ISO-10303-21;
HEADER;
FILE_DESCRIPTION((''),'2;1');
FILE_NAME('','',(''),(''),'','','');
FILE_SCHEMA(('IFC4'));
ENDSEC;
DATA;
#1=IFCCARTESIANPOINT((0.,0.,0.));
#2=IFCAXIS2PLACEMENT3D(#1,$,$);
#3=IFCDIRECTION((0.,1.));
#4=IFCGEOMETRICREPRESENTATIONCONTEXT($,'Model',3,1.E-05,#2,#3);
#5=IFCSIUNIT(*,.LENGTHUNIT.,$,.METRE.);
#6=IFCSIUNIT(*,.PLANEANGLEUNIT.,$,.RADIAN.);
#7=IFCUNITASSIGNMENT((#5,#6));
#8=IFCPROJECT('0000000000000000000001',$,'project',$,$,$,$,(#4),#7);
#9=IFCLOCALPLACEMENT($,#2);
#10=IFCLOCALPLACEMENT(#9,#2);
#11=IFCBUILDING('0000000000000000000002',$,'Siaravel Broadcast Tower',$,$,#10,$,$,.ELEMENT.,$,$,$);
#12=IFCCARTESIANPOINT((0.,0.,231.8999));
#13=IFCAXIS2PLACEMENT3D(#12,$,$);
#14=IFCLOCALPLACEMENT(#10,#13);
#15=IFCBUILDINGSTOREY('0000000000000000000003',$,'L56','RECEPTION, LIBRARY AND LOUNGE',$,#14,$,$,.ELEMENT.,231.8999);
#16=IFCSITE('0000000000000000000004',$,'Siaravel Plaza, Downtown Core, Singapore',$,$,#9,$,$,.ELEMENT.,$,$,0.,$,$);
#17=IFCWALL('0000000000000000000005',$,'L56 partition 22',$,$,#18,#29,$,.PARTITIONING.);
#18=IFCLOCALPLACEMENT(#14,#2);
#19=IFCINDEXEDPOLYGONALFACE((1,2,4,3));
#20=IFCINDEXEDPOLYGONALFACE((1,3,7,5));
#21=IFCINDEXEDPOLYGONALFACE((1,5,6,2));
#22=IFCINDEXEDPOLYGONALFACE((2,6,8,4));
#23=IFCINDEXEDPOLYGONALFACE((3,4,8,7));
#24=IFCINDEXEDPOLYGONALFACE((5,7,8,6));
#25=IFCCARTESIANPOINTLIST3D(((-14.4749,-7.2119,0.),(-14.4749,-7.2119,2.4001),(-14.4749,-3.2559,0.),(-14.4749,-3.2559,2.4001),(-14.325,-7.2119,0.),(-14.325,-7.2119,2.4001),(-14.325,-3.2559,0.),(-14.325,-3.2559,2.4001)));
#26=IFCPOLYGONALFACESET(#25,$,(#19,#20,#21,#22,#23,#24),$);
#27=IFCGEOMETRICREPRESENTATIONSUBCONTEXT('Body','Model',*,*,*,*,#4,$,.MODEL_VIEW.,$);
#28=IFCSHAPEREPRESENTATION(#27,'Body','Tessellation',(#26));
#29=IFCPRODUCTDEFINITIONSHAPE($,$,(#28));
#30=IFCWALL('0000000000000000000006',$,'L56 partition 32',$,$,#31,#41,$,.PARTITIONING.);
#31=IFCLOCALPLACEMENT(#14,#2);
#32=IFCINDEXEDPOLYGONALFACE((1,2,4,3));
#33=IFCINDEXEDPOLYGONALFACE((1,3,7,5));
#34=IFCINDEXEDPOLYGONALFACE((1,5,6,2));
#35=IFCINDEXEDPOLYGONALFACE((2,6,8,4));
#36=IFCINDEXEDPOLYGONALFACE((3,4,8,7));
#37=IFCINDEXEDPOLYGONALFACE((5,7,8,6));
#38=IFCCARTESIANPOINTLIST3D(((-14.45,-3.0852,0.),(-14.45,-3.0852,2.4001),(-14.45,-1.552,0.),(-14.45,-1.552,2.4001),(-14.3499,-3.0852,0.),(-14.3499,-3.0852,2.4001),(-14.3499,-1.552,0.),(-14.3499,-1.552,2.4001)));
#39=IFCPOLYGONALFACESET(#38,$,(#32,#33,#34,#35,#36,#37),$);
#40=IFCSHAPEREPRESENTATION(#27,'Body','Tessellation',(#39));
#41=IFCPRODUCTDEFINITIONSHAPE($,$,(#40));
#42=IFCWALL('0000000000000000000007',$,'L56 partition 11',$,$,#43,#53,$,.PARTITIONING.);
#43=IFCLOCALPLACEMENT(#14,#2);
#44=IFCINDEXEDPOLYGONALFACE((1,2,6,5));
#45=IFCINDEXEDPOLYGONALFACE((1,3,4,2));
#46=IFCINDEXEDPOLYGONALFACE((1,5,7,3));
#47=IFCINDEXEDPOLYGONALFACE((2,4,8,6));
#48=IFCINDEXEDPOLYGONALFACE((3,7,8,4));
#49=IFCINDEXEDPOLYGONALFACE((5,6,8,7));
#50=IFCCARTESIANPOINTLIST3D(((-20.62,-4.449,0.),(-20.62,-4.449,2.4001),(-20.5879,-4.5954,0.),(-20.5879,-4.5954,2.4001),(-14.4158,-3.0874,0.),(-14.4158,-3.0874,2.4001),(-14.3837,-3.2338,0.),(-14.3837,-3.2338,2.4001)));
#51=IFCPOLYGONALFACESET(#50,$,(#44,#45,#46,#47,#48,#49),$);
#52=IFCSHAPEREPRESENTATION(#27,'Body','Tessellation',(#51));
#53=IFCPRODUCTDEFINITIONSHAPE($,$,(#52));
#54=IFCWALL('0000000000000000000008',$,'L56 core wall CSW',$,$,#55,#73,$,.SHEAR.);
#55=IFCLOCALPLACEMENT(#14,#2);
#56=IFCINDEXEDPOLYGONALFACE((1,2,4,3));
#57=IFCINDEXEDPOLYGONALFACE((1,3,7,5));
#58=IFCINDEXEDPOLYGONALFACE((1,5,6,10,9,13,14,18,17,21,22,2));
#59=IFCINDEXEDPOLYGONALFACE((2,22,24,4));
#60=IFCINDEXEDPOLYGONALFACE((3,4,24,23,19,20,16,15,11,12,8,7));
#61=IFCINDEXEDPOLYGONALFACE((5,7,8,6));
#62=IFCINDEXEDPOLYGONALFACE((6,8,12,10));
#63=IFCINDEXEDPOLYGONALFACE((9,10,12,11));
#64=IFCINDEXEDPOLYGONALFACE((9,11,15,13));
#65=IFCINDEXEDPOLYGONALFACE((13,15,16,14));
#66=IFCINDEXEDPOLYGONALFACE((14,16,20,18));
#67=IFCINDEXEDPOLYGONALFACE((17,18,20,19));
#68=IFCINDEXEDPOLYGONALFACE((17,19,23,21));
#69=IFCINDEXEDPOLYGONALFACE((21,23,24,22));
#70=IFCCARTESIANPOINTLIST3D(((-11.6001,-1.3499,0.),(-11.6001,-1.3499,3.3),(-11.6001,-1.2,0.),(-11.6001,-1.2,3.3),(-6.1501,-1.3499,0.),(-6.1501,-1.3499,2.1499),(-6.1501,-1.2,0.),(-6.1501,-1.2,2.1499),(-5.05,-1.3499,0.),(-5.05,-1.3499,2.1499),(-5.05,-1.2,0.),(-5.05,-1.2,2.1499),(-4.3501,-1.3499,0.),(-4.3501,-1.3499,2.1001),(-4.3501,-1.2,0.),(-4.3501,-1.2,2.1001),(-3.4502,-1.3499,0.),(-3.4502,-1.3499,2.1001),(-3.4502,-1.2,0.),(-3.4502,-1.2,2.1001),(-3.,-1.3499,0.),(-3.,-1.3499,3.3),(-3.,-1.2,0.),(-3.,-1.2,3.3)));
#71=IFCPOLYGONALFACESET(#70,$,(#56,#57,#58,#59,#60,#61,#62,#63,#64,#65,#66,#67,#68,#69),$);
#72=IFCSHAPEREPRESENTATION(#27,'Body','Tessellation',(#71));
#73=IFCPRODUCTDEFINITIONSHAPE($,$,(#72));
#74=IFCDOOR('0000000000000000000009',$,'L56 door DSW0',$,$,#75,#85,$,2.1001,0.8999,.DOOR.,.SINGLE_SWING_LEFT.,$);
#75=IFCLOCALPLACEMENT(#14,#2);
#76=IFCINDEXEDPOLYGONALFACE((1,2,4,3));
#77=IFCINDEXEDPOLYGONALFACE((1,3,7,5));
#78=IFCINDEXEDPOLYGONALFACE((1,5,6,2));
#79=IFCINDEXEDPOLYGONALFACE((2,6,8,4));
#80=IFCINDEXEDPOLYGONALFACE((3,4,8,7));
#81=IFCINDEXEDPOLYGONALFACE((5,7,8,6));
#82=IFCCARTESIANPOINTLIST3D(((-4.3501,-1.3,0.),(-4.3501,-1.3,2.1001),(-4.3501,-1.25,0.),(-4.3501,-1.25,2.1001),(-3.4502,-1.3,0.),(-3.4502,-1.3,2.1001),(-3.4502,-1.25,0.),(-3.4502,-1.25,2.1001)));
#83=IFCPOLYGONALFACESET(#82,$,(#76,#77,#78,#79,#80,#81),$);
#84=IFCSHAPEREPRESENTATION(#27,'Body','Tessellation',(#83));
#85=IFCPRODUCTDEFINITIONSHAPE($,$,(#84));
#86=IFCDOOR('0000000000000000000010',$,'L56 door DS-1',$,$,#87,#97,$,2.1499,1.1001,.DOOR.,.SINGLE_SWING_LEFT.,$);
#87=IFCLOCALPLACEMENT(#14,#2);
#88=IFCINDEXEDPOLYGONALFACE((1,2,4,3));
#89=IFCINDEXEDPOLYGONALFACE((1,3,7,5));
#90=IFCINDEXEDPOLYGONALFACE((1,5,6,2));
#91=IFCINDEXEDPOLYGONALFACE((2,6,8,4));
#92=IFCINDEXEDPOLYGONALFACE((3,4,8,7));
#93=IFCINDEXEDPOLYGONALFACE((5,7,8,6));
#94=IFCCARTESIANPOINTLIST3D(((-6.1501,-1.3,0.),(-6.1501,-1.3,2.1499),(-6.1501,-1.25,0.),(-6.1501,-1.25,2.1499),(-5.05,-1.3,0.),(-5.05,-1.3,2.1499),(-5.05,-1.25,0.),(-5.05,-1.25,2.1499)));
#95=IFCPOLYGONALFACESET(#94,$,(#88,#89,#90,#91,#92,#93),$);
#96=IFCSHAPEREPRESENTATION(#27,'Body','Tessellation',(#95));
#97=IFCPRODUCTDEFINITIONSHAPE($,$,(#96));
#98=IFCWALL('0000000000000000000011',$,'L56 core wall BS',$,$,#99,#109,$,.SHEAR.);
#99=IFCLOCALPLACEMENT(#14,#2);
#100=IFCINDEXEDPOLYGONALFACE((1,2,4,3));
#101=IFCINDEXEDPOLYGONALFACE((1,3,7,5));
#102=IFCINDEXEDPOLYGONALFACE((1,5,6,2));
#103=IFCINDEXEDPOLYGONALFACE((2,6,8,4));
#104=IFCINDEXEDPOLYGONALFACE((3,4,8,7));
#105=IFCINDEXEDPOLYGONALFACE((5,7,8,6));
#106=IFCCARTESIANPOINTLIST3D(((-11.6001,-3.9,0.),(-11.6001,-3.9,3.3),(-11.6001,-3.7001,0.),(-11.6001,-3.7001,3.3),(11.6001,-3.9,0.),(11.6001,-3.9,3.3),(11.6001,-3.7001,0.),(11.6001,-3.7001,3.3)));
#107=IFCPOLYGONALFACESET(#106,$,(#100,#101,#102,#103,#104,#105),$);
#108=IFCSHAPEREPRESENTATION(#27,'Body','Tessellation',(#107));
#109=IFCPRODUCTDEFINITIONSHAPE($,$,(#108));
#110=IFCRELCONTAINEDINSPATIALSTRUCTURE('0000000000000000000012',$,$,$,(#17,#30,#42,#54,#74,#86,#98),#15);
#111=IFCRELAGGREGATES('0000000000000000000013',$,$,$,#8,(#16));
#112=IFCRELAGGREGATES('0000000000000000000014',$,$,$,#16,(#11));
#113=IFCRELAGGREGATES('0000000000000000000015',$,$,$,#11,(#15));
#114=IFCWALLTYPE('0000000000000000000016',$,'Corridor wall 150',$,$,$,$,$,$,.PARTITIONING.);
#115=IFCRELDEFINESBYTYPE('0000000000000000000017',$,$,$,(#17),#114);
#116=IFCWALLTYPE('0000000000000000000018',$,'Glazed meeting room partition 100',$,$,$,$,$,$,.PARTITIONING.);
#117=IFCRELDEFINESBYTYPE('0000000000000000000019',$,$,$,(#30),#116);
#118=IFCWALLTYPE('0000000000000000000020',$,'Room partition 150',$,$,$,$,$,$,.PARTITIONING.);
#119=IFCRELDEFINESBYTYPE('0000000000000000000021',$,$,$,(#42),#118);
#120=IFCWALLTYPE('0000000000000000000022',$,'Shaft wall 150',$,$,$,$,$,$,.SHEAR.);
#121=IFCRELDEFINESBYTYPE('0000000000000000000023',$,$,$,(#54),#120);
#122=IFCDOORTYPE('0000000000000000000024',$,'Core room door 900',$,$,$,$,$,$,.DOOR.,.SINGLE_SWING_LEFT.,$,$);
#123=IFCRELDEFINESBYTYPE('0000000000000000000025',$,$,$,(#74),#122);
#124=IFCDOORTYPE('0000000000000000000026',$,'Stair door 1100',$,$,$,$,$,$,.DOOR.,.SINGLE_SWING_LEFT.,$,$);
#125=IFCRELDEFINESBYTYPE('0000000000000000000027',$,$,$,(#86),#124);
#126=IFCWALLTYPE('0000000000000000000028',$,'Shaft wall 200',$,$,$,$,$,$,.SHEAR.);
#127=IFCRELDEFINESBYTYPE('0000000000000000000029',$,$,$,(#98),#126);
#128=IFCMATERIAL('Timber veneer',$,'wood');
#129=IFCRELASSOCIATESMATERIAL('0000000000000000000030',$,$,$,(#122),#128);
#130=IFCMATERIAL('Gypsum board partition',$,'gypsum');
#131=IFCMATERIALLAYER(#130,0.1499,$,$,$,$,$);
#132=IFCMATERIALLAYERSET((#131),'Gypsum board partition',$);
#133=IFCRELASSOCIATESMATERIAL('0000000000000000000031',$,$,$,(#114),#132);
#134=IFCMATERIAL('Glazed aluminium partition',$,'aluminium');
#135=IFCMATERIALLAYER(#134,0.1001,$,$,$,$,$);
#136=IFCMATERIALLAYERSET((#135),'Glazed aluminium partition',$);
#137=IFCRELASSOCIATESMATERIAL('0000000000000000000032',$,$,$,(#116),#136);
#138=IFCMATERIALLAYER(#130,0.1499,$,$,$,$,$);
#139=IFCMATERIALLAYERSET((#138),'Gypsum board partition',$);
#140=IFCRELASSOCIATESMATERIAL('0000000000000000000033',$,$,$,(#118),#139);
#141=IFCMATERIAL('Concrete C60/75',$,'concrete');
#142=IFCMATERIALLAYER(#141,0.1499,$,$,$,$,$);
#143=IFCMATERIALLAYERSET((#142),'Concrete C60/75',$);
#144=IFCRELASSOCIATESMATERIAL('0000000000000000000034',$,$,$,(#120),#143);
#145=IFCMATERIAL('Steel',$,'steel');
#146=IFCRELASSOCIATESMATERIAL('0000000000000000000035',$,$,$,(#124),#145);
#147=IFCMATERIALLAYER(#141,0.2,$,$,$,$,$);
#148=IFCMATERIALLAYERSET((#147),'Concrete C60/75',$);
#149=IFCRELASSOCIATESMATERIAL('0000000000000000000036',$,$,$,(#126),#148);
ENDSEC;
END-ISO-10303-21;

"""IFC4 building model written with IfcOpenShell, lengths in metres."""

from ifc_helpers import new_model, si_unit, direction, frame, frame_2d, origin, place, context, subcontext, project, spatial, rectangle, extrude, material, layer, layer_set, type_object, element, fill, save


model = new_model("IFC4")

# Units and contexts
model_context = context("Model", 3, precision=1e-05, world=origin(), true_north=direction((0.0, 1.0)))
body_context = subcontext(model_context, "Body", "Model", "MODEL_VIEW")
ifc_project = project(units=[si_unit("LENGTHUNIT", "METRE"), si_unit("PLANEANGLEUNIT", "RADIAN")], contexts=[model_context])

# Site, building, storey
site_placement = place(None, origin())
site = spatial("IfcSite", under=ifc_project, at=site_placement, Name="Siaravel Plaza, Downtown Core, Singapore", CompositionType="ELEMENT", RefElevation=0.0)
building_placement = place(site_placement, origin())
building = spatial("IfcBuilding", under=site, at=building_placement, Name="Siaravel Broadcast Tower", CompositionType="ELEMENT")
storey_placement = place(building_placement, frame((0.0, 0.0, 231.8999)))
storey = spatial("IfcBuildingStorey", under=building, at=storey_placement, Name="L56", Description="RECEPTION, LIBRARY AND LOUNGE", CompositionType="ELEMENT", Elevation=231.8999)

# Shared definitions
ifc_material_1 = material(Name="Concrete C60/75", Category="concrete")
ifc_material_2 = material(Name="Timber veneer", Category="wood")
door_type_1 = type_object("IfcDoorType", Name="Core room door 900", OperationType="SINGLE_SWING_LEFT", PredefinedType="DOOR", material=ifc_material_2)
ifc_material_3 = material(Name="Steel", Category="steel")

# Wall
ifc_material_4 = material(Name="Gypsum board partition", Category="gypsum")
ifc_layer_1 = layer(ifc_material_4, 0.1499)
ifc_layer_set_1 = layer_set([ifc_layer_1], Name="Gypsum board partition")
wall_type_1 = type_object("IfcWallType", Name="Corridor wall 150", PredefinedType="PARTITIONING", material=ifc_layer_set_1)
wall_1_placement = place(storey_placement, frame((-14.3999, -3.2559, 0.0), z_axis=(0.0, 0.0, 1.0), x_axis=(0.0, -1.0, 0.0)))
element("IfcWall", 1, at=wall_1_placement, inside=storey, type_object=wall_type_1, Name="L56 partition 22", PredefinedType="PARTITIONING", context=body_context, shape_type="SweptSolid", body=[
    extrude(rectangle(XDim=3.9561, YDim=0.1499, at=frame_2d((1.978, 0.0))), origin(), (0.0, 0.0, 1.0), 2.4001),
])

# Shared definitions
ifc_material_5 = material(Name="Glazed aluminium partition", Category="aluminium")
ifc_layer_2 = layer(ifc_material_5, 0.1001)
ifc_layer_set_2 = layer_set([ifc_layer_2], Name="Glazed aluminium partition")
wall_type_2 = type_object("IfcWallType", Name="Glazed meeting room partition 100", PredefinedType="PARTITIONING", material=ifc_layer_set_2)

# Walls
wall_2_placement = place(storey_placement, frame((-14.3999, -1.552, 0.0), z_axis=(0.0, 0.0, 1.0), x_axis=(0.0, -1.0, 0.0)))
element("IfcWall", 2, at=wall_2_placement, inside=storey, type_object=wall_type_2, Name="L56 partition 32", PredefinedType="PARTITIONING", context=body_context, shape_type="SweptSolid", body=[
    extrude(rectangle(XDim=1.5332, YDim=0.1001, at=frame_2d((0.7666, 0.0))), origin(), (0.0, 0.0, 1.0), 2.4001),
])
ifc_layer_3 = layer(ifc_material_4, 0.1499)
ifc_layer_set_3 = layer_set([ifc_layer_3], Name="Gypsum board partition")
wall_type_3 = type_object("IfcWallType", Name="Room partition 150", PredefinedType="PARTITIONING", material=ifc_layer_set_3)
wall_3_placement = place(storey_placement, frame((-14.3999, -3.1606, 0.0), z_axis=(0.0, 0.0, 1.0), x_axis=(-0.976754, -0.214362, 0.0)))
element("IfcWall", 3, at=wall_3_placement, inside=storey, type_object=wall_type_3, Name="L56 partition 11", PredefinedType="PARTITIONING", context=body_context, shape_type="SweptSolid", body=[
    extrude(rectangle(XDim=6.3518, YDim=0.1499, at=frame_2d((3.1758, 0.0))), origin(), (0.0, 0.0, 1.0), 2.4001),
])

# Wall, openings, doors
ifc_layer_4 = layer(ifc_material_1, 0.1499)
ifc_layer_set_4 = layer_set([ifc_layer_4], Name="Concrete C60/75")
wall_type_4 = type_object("IfcWallType", Name="Shaft wall 150", PredefinedType="SHEAR", material=ifc_layer_set_4)
wall_4_placement = place(storey_placement, frame((-11.6001, -1.2749, 0.0), z_axis=(0.0, 0.0, 1.0), x_axis=(1.0, 0.0, 0.0)))
wall_4 = element("IfcWall", 4, at=wall_4_placement, inside=storey, type_object=wall_type_4, Name="L56 core wall CSW", PredefinedType="SHEAR", context=body_context, shape_type="SweptSolid", body=[
    extrude(rectangle(XDim=8.6001, YDim=0.1499, at=frame_2d((4.3, 0.0))), origin(), (0.0, 0.0, 1.0), 3.3),
])
opening_1_placement = place(wall_4_placement, frame((5.45, 0.0, 0.0)))
opening_1 = element("IfcOpeningElement", 5, at=opening_1_placement, cuts=wall_4, PredefinedType="OPENING", context=body_context, shape_type="SweptSolid", body=[
    extrude(rectangle(XDim=1.1001, YDim=2.1499, at=frame_2d((0.55, 1.075))), frame((0.0, 0.085, 0.0), z_axis=(0.0, -1.0, 0.0), x_axis=(1.0, 0.0, 0.0)), (0.0, 0.0, 1.0), 0.1699),
])
opening_2_placement = place(wall_4_placement, frame((7.25, 0.0, 0.0)))
opening_2 = element("IfcOpeningElement", 6, at=opening_2_placement, cuts=wall_4, PredefinedType="OPENING", context=body_context, shape_type="SweptSolid", body=[
    extrude(rectangle(XDim=0.8999, YDim=2.1001, at=frame_2d((0.45, 1.05))), frame((0.0, 0.085, 0.0), z_axis=(0.0, -1.0, 0.0), x_axis=(1.0, 0.0, 0.0)), (0.0, 0.0, 1.0), 0.1699),
])
door_1_placement = place(opening_2_placement, origin())
door_1 = element("IfcDoor", 7, at=door_1_placement, inside=storey, type_object=door_type_1, Name="L56 door DSW0", OperationType="SINGLE_SWING_LEFT", OverallHeight=2.1001, OverallWidth=0.8999, PredefinedType="DOOR", context=body_context, shape_type="SweptSolid", body=[
    extrude(rectangle(XDim=0.8999, YDim=2.1001, at=frame_2d((0.45, 1.05))), frame((0.0, 0.0249, 0.0), z_axis=(0.0, -1.0, 0.0), x_axis=(1.0, 0.0, 0.0)), (0.0, 0.0, 1.0), 0.05),
])
fill(opening_2, door_1)
door_type_2 = type_object("IfcDoorType", Name="Stair door 1100", OperationType="SINGLE_SWING_LEFT", PredefinedType="DOOR", material=ifc_material_3)
door_2_placement = place(opening_1_placement, origin())
door_2 = element("IfcDoor", 8, at=door_2_placement, inside=storey, type_object=door_type_2, Name="L56 door DS-1", OperationType="SINGLE_SWING_LEFT", OverallHeight=2.1499, OverallWidth=1.1001, PredefinedType="DOOR", context=body_context, shape_type="SweptSolid", body=[
    extrude(rectangle(XDim=1.1001, YDim=2.1499, at=frame_2d((0.55, 1.075))), frame((0.0, 0.0249, 0.0), z_axis=(0.0, -1.0, 0.0), x_axis=(1.0, 0.0, 0.0)), (0.0, 0.0, 1.0), 0.05),
])
fill(opening_1, door_2)

# Wall
ifc_layer_5 = layer(ifc_material_1, 0.2)
ifc_layer_set_5 = layer_set([ifc_layer_5], Name="Concrete C60/75")
wall_type_5 = type_object("IfcWallType", Name="Shaft wall 200", PredefinedType="SHEAR", material=ifc_layer_set_5)
wall_5_placement = place(storey_placement, frame((-11.6001, -3.8, 0.0), z_axis=(0.0, 0.0, 1.0), x_axis=(1.0, 0.0, 0.0)))
element("IfcWall", 9, at=wall_5_placement, inside=storey, type_object=wall_type_5, Name="L56 core wall BS", PredefinedType="SHEAR", context=body_context, shape_type="SweptSolid", body=[
    extrude(rectangle(XDim=23.2002, YDim=0.2, at=frame_2d((11.6001, 0.0))), origin(), (0.0, 0.0, 1.0), 3.3),
])

save(model, "model.ifc")
